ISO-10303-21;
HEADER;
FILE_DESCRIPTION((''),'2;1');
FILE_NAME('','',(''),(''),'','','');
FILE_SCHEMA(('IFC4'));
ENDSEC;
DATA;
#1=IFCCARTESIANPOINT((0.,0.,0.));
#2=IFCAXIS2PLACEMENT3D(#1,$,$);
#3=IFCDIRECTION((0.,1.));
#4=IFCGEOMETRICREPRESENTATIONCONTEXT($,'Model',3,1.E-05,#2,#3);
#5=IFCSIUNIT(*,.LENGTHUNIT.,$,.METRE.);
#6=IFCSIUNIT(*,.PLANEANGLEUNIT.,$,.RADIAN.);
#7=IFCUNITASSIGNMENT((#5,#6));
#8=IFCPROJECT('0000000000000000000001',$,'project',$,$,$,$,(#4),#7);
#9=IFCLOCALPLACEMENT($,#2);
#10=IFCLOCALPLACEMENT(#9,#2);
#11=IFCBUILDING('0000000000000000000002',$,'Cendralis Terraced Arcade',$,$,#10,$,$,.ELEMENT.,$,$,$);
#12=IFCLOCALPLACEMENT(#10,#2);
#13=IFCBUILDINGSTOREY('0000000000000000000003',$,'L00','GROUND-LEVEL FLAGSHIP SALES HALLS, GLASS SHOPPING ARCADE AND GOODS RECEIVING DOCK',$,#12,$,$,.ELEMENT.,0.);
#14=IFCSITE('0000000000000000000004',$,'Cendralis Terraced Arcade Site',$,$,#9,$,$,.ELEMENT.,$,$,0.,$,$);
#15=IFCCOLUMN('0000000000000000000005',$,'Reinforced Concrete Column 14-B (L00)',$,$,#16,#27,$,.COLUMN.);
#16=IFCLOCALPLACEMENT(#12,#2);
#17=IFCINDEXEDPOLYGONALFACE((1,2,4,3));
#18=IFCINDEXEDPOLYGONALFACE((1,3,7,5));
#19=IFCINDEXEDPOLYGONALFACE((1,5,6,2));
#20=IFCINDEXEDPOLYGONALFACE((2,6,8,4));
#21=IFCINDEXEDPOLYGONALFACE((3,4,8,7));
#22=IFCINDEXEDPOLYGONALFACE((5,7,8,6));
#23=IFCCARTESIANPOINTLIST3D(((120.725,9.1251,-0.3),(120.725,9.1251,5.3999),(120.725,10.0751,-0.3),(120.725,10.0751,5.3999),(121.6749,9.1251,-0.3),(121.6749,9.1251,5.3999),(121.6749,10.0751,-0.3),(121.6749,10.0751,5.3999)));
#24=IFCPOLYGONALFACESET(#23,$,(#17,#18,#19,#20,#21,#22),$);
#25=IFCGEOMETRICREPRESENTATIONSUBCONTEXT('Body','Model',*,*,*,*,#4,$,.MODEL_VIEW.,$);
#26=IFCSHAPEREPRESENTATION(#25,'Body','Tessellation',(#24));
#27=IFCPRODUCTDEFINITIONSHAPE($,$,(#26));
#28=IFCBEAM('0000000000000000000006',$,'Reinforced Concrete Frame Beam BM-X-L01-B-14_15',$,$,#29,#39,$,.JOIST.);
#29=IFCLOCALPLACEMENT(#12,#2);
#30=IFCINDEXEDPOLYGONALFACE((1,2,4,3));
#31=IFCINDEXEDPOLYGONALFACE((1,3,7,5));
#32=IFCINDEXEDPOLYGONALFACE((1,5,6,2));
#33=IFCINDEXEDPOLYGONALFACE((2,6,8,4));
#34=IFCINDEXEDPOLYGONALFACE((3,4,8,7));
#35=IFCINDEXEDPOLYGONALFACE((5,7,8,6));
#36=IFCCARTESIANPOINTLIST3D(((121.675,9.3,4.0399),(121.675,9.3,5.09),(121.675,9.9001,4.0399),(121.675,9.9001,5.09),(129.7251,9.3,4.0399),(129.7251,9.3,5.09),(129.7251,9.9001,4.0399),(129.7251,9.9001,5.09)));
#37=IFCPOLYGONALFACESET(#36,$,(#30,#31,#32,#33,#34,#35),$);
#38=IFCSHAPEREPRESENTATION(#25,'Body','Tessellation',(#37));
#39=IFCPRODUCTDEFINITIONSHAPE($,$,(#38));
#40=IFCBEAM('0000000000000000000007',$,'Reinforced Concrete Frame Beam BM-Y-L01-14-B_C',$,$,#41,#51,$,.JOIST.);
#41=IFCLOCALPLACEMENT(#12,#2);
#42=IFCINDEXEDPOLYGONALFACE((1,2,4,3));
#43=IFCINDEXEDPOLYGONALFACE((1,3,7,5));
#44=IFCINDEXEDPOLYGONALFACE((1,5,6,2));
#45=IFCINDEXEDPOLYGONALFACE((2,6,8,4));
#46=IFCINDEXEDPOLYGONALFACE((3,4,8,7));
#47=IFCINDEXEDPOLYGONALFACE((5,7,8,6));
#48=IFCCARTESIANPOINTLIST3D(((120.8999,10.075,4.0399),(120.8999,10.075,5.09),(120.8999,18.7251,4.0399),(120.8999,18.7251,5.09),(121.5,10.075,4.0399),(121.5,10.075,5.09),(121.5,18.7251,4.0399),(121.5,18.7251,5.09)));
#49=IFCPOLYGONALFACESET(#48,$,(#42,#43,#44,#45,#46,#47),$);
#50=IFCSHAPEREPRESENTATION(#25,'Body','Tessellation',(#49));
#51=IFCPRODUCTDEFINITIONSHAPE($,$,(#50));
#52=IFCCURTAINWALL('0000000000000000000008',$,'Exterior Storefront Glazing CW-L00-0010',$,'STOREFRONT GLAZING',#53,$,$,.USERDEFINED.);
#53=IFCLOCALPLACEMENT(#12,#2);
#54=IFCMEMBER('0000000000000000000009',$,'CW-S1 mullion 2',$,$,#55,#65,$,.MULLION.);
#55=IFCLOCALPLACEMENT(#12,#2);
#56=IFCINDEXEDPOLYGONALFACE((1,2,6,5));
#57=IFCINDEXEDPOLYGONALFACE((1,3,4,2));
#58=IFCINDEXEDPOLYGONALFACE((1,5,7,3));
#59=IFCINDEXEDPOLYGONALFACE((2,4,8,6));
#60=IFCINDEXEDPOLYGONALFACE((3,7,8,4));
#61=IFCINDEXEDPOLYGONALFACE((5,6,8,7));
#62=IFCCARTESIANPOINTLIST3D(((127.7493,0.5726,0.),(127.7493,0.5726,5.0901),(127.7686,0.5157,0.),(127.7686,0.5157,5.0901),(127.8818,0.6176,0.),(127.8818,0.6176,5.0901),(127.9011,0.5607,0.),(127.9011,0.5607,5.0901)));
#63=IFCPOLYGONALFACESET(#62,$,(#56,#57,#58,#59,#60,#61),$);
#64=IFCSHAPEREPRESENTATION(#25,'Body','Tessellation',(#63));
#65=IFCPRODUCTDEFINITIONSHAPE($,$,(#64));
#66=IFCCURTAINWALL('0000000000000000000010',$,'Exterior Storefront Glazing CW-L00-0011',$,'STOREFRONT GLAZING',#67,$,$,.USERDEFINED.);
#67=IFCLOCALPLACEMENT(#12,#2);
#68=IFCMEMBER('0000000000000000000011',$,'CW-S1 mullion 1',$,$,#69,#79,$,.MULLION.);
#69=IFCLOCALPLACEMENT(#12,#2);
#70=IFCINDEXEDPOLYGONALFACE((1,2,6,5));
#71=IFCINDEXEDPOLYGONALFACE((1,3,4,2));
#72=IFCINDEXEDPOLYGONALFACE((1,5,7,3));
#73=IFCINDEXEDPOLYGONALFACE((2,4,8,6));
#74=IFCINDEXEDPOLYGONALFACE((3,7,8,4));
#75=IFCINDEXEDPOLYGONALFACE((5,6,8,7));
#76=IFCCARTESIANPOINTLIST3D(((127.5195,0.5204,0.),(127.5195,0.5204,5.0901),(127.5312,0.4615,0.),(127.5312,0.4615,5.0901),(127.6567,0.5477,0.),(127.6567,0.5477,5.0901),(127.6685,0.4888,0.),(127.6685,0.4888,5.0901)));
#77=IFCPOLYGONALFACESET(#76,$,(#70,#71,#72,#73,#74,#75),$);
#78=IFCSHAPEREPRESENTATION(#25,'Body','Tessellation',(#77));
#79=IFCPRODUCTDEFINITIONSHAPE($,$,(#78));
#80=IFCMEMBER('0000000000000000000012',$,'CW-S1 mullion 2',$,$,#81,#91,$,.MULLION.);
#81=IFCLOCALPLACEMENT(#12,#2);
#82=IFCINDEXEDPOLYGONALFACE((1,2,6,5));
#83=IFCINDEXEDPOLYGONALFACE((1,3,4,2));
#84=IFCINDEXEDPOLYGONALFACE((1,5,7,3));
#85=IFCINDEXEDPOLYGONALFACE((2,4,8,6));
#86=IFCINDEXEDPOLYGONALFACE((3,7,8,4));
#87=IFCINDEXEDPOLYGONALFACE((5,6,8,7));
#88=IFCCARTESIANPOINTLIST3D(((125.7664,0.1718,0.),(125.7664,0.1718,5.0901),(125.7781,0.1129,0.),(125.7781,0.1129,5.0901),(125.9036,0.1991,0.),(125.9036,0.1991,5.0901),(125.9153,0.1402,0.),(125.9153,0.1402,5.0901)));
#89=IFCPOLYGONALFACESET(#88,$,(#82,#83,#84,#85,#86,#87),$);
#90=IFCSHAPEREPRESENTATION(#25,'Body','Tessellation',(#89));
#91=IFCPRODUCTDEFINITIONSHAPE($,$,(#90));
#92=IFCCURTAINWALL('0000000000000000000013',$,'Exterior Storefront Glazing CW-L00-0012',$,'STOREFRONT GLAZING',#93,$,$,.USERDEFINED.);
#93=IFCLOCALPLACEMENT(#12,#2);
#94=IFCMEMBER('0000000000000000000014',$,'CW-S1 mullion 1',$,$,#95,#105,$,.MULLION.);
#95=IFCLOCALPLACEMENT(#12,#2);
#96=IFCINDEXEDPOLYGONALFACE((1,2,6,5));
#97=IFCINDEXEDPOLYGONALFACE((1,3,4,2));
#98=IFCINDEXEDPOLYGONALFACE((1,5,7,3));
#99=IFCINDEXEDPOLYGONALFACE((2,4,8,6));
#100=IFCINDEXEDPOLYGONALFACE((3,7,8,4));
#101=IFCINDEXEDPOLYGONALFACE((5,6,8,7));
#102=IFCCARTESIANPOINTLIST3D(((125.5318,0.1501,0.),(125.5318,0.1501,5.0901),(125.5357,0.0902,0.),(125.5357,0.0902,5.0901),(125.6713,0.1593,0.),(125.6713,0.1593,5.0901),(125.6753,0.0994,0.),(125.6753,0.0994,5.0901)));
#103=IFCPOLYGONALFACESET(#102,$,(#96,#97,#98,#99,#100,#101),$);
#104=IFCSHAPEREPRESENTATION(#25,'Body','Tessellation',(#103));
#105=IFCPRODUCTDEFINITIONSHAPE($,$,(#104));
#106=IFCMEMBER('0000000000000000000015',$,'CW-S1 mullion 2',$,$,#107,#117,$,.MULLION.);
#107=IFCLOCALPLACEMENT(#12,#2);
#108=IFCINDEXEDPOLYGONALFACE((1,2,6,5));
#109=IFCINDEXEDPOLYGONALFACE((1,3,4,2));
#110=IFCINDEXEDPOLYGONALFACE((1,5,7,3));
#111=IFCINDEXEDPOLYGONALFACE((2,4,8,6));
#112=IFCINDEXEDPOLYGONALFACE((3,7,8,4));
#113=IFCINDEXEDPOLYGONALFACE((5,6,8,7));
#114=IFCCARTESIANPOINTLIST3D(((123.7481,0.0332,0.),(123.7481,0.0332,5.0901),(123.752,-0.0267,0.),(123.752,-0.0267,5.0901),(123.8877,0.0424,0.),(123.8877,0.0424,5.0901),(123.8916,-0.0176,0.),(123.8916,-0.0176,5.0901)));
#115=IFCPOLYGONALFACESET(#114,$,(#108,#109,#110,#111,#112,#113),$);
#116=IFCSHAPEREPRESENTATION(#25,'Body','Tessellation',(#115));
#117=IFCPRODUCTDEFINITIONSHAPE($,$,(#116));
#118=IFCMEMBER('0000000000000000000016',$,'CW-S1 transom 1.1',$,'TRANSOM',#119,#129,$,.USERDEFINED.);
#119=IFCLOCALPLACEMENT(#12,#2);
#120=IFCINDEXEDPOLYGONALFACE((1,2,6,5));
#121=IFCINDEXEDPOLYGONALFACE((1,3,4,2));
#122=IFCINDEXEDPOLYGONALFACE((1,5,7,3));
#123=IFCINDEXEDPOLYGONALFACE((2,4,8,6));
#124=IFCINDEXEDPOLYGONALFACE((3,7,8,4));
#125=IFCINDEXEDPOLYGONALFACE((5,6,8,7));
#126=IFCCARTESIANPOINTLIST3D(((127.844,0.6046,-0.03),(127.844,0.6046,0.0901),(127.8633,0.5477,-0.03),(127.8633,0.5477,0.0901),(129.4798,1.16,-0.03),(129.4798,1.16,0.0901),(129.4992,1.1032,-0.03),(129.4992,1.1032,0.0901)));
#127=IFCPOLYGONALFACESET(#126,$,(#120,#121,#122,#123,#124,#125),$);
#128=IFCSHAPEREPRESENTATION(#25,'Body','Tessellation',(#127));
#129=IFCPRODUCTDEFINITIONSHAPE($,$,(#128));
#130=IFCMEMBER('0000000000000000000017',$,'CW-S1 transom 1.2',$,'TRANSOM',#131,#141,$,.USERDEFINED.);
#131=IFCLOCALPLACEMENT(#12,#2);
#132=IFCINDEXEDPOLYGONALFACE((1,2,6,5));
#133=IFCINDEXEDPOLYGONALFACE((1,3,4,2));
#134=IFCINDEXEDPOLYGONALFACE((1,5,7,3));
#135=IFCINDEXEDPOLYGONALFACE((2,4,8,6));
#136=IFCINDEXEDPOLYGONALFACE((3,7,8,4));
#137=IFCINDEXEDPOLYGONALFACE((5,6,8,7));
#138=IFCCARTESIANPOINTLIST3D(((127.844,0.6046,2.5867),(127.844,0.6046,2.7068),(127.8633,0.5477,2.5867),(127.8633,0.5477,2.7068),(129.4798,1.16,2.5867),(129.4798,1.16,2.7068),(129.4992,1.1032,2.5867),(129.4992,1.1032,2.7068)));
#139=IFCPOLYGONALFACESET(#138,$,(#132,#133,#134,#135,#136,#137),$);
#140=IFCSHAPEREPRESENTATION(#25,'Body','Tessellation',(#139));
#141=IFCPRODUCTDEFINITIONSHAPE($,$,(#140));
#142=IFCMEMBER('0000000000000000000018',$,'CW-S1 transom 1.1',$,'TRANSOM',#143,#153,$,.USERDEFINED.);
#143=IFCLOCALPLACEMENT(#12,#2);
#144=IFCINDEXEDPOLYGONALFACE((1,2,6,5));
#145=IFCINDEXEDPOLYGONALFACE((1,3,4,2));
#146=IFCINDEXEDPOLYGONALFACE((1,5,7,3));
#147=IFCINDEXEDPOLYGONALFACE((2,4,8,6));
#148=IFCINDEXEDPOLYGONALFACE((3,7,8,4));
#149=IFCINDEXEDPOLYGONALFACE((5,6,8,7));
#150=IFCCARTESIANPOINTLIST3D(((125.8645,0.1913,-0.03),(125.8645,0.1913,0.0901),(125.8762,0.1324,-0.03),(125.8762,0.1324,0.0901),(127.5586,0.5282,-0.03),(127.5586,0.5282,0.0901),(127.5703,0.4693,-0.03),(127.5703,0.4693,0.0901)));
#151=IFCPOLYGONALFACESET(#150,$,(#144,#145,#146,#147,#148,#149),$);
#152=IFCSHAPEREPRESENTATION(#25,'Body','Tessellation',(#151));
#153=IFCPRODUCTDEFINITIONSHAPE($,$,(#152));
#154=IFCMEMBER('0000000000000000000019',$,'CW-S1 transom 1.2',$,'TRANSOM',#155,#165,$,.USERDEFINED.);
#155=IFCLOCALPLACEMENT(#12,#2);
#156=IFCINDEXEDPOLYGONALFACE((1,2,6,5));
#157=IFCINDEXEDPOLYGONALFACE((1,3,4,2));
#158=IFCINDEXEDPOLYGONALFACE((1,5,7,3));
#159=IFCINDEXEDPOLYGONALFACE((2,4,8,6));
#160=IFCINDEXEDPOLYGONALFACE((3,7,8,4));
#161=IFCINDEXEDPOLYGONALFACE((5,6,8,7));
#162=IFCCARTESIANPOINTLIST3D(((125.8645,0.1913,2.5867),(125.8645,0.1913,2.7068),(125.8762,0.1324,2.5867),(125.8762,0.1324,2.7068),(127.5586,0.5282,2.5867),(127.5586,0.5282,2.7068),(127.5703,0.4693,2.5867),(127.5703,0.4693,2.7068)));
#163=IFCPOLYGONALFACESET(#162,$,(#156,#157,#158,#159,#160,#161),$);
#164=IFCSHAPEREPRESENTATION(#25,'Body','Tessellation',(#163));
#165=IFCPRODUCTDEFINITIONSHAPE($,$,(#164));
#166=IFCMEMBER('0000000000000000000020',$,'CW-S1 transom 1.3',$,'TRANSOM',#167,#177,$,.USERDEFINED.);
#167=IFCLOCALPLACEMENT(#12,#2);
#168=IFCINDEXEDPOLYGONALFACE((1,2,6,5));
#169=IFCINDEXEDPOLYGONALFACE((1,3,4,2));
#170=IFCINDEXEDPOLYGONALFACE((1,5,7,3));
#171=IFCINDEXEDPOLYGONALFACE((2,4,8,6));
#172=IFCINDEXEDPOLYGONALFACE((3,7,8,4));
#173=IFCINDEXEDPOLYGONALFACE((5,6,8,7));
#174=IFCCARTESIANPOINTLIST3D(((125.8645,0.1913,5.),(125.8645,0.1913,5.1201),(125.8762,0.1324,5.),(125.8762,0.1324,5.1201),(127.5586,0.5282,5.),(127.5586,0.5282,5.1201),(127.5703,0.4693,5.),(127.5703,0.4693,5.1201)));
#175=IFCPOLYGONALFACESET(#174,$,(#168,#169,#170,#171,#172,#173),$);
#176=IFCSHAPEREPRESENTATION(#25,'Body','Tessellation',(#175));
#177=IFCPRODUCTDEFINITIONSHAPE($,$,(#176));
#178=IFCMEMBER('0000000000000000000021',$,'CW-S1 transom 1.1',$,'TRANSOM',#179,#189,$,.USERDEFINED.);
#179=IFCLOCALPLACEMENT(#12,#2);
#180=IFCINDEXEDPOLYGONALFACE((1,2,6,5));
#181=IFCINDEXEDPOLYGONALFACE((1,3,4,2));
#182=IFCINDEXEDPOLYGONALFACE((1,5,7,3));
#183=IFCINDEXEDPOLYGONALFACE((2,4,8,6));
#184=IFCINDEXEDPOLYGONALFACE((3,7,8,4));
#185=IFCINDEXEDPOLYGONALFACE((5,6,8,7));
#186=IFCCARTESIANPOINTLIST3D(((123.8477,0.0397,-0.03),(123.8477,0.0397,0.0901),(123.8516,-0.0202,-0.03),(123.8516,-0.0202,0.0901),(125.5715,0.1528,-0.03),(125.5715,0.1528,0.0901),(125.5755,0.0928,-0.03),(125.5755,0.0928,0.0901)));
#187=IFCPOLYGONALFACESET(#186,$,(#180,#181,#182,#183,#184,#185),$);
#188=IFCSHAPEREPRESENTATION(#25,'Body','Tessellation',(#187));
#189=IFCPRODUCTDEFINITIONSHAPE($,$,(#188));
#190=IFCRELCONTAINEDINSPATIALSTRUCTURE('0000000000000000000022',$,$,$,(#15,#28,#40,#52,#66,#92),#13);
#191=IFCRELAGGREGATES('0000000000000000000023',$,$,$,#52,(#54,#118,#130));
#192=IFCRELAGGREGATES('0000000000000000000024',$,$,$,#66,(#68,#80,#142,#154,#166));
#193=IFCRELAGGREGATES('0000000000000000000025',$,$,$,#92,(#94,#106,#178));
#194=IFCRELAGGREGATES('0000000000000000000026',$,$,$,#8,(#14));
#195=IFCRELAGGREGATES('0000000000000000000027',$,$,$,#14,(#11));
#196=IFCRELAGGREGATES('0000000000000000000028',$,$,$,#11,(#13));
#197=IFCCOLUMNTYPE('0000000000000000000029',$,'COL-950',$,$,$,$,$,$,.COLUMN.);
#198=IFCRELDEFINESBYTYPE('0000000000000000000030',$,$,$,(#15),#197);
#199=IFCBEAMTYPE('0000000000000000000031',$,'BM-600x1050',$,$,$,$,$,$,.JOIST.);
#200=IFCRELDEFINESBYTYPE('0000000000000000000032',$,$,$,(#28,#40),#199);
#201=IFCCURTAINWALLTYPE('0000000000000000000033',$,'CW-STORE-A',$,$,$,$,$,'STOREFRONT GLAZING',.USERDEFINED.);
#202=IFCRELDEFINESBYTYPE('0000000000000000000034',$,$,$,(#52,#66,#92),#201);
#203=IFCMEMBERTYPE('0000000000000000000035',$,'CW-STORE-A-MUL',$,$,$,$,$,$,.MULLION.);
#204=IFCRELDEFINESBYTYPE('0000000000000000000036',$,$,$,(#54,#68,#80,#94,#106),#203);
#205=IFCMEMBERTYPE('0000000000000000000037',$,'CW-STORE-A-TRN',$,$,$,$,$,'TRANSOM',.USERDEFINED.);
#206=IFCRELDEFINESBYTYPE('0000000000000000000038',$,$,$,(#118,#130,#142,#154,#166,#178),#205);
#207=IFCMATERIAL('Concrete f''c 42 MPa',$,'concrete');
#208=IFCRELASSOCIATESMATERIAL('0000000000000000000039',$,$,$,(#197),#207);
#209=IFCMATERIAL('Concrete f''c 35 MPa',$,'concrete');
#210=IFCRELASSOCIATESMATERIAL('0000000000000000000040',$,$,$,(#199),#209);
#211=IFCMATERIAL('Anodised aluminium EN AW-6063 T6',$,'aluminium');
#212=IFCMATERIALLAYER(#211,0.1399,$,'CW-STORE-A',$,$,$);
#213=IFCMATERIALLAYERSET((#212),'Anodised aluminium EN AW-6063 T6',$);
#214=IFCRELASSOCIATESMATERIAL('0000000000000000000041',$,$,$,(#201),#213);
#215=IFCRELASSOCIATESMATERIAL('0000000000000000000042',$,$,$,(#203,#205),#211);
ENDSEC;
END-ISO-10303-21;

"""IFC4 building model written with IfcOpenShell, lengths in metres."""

from ifc_helpers import new_model, si_unit, direction, frame, origin, origin_2d, place, context, subcontext, project, spatial, rectangle, extrude, material, layer, layer_set, material_profile, profile_set, type_object, element, aggregate, save


model = new_model("IFC4")

# Units and contexts
model_context = context("Model", 3, precision=1e-05, world=origin(), true_north=direction((0.0, 1.0)))
body_context = subcontext(model_context, "Body", "Model", "MODEL_VIEW")
ifc_project = project(units=[si_unit("LENGTHUNIT", "METRE"), si_unit("PLANEANGLEUNIT", "RADIAN")], contexts=[model_context])

# Site, building, storey
site_placement = place(None, origin())
site = spatial("IfcSite", under=ifc_project, at=site_placement, Name="Cendralis Terraced Arcade Site", CompositionType="ELEMENT", RefElevation=0.0)
building_placement = place(site_placement, origin())
building = spatial("IfcBuilding", under=site, at=building_placement, Name="Cendralis Terraced Arcade", CompositionType="ELEMENT")
storey_placement = place(building_placement, origin())
storey = spatial("IfcBuildingStorey", under=building, at=storey_placement, Name="L00", Description="GROUND-LEVEL FLAGSHIP SALES HALLS, GLASS SHOPPING ARCADE AND GOODS RECEIVING DOCK", CompositionType="ELEMENT", Elevation=0.0)

# Shared definitions
ifc_material_1 = material(Name="Concrete f'c 35 MPa", Category="concrete")

# Column
ifc_material_2 = material(Name="Concrete f'c 42 MPa", Category="concrete")
ifc_material_profile_1 = material_profile(ifc_material_2, rectangle(XDim=0.95, YDim=0.95, at=origin_2d()), Name="RC-COL-950x950", Category="LoadBearing")
ifc_profile_set_1 = profile_set([ifc_material_profile_1], Name="Concrete f'c 42 MPa")
column_type = type_object("IfcColumnType", Name="COL-950", PredefinedType="COLUMN", material=ifc_profile_set_1)
column_placement = place(storey_placement, frame((121.2, 9.6001, -0.3), z_axis=(0.0, 0.0, 1.0), x_axis=(1.0, 0.0, 0.0)))
element("IfcColumn", 1, at=column_placement, inside=storey, type_object=column_type, Name="Reinforced Concrete Column 14-B (L00)", PredefinedType="COLUMN", context=body_context, shape_type="SweptSolid", body=[
    extrude(rectangle(XDim=0.95, YDim=0.95, at=origin_2d()), origin(), (0.0, 0.0, 1.0), 5.7),
])

# Beams
ifc_material_profile_2 = material_profile(ifc_material_1, rectangle(XDim=0.6001, YDim=1.05, at=origin_2d()), Name="RC-BM-600x1050", Category="LoadBearing")
ifc_profile_set_2 = profile_set([ifc_material_profile_2], Name="Concrete f'c 35 MPa")
beam_type = type_object("IfcBeamType", Name="BM-600x1050", PredefinedType="JOIST", material=ifc_profile_set_2)
beam_1_placement = place(storey_placement, frame((121.675, 9.6001, 4.5649), z_axis=(1.0, 0.0, 0.0), x_axis=(0.0, 1.0, 0.0)))
element("IfcBeam", 2, at=beam_1_placement, inside=storey, type_object=beam_type, Name="Reinforced Concrete Frame Beam BM-X-L01-B-14_15", PredefinedType="JOIST", context=body_context, shape_type="SweptSolid", body=[
    extrude(rectangle(XDim=0.6001, YDim=1.05, at=origin_2d()), origin(), (0.0, 0.0, 1.0), 8.05),
])
beam_2_placement = place(storey_placement, frame((121.2, 10.075, 4.5649), z_axis=(0.0, 1.0, 0.0), x_axis=(-1.0, 0.0, 0.0)))
element("IfcBeam", 3, at=beam_2_placement, inside=storey, type_object=beam_type, Name="Reinforced Concrete Frame Beam BM-Y-L01-14-B_C", PredefinedType="JOIST", context=body_context, shape_type="SweptSolid", body=[
    extrude(rectangle(XDim=0.6001, YDim=1.05, at=origin_2d()), origin(), (0.0, 0.0, 1.0), 8.6501),
])

# Curtain wall, member
ifc_material_3 = material(Name="Anodised aluminium EN AW-6063 T6", Category="aluminium")
ifc_layer_1 = layer(ifc_material_3, 0.1399, Name="CW-STORE-A")
ifc_layer_set_1 = layer_set([ifc_layer_1], Name="Anodised aluminium EN AW-6063 T6")
curtain_wall_type = type_object("IfcCurtainWallType", Name="CW-STORE-A", ElementType="STOREFRONT GLAZING", PredefinedType="USERDEFINED", material=ifc_layer_set_1)
curtain_wall_1_placement = place(storey_placement, origin())
curtain_wall_1 = element("IfcCurtainWall", 4, at=curtain_wall_1_placement, inside=storey, type_object=curtain_wall_type, Name="Exterior Storefront Glazing CW-L00-0010", ObjectType="STOREFRONT GLAZING", PredefinedType="USERDEFINED")
ifc_material_profile_3 = material_profile(ifc_material_3, rectangle(XDim=0.0601, YDim=0.1399, at=origin_2d()), Name="ALU-MUL-60x140")
ifc_profile_set_3 = profile_set([ifc_material_profile_3], Name="Anodised aluminium EN AW-6063 T6")
member_type_1 = type_object("IfcMemberType", Name="CW-STORE-A-MUL", PredefinedType="MULLION", material=ifc_profile_set_3)
member_1_placement = place(storey_placement, frame((127.8252, 0.5667, 0.0), z_axis=(0.0, 0.0, 1.0), x_axis=(0.3215, -0.94691, 0.0)))
member_1 = element("IfcMember", 5, at=member_1_placement, type_object=member_type_1, Name="CW-S1 mullion 2", PredefinedType="MULLION", context=body_context, shape_type="SweptSolid", body=[
    extrude(rectangle(XDim=0.0601, YDim=0.1399, at=origin_2d()), origin(), (0.0, 0.0, 1.0), 5.0901),
])

# Curtain walls, members
curtain_wall_2_placement = place(storey_placement, origin())
curtain_wall_2 = element("IfcCurtainWall", 6, at=curtain_wall_2_placement, inside=storey, type_object=curtain_wall_type, Name="Exterior Storefront Glazing CW-L00-0011", ObjectType="STOREFRONT GLAZING", PredefinedType="USERDEFINED")
member_2_placement = place(storey_placement, frame((127.594, 0.5046, 0.0), z_axis=(0.0, 0.0, 1.0), x_axis=(0.195033, -0.980797, 0.0)))
member_2 = element("IfcMember", 7, at=member_2_placement, type_object=member_type_1, Name="CW-S1 mullion 1", PredefinedType="MULLION", context=body_context, shape_type="SweptSolid", body=[
    extrude(rectangle(XDim=0.0601, YDim=0.1399, at=origin_2d()), origin(), (0.0, 0.0, 1.0), 5.0901),
])
member_3_placement = place(storey_placement, frame((125.8408, 0.156, 0.0), z_axis=(0.0, 0.0, 1.0), x_axis=(0.195033, -0.980797, 0.0)))
member_3 = element("IfcMember", 8, at=member_3_placement, type_object=member_type_1, Name="CW-S1 mullion 2", PredefinedType="MULLION", context=body_context, shape_type="SweptSolid", body=[
    extrude(rectangle(XDim=0.0601, YDim=0.1399, at=origin_2d()), origin(), (0.0, 0.0, 1.0), 5.0901),
])
curtain_wall_3_placement = place(storey_placement, origin())
curtain_wall_3 = element("IfcCurtainWall", 9, at=curtain_wall_3_placement, inside=storey, type_object=curtain_wall_type, Name="Exterior Storefront Glazing CW-L00-0012", ObjectType="STOREFRONT GLAZING", PredefinedType="USERDEFINED")
member_4_placement = place(storey_placement, frame((125.6035, 0.1248, 0.0), z_axis=(0.0, 0.0, 1.0), x_axis=(0.065384, -0.99786, 0.0)))
member_4 = element("IfcMember", 10, at=member_4_placement, type_object=member_type_1, Name="CW-S1 mullion 1", PredefinedType="MULLION", context=body_context, shape_type="SweptSolid", body=[
    extrude(rectangle(XDim=0.0601, YDim=0.1399, at=origin_2d()), origin(), (0.0, 0.0, 1.0), 5.0901),
])
member_5_placement = place(storey_placement, frame((123.8198, 0.0078, 0.0), z_axis=(0.0, 0.0, 1.0), x_axis=(0.065384, -0.99786, 0.0)))
member_5 = element("IfcMember", 11, at=member_5_placement, type_object=member_type_1, Name="CW-S1 mullion 2", PredefinedType="MULLION", context=body_context, shape_type="SweptSolid", body=[
    extrude(rectangle(XDim=0.0601, YDim=0.1399, at=origin_2d()), origin(), (0.0, 0.0, 1.0), 5.0901),
])

# Members
ifc_material_profile_4 = material_profile(ifc_material_3, rectangle(XDim=0.0601, YDim=0.1201, at=origin_2d()), Name="ALU-TRN-60x120")
ifc_profile_set_4 = profile_set([ifc_material_profile_4], Name="Anodised aluminium EN AW-6063 T6")
member_type_2 = type_object("IfcMemberType", Name="CW-STORE-A-TRN", ElementType="TRANSOM", PredefinedType="USERDEFINED", material=ifc_profile_set_4)
member_6_placement = place(storey_placement, frame((129.4895, 1.1316, 0.03), z_axis=(-0.946902, -0.321523, 0.0), x_axis=(0.321523, -0.946902, 0.0)))
member_6 = element("IfcMember", 12, at=member_6_placement, type_object=member_type_2, Name="CW-S1 transom 1.1", ObjectType="TRANSOM", PredefinedType="USERDEFINED", context=body_context, shape_type="SweptSolid", body=[
    extrude(rectangle(XDim=0.0601, YDim=0.1201, at=origin_2d()), origin(), (0.0, 0.0, 1.0), 1.7275),
])
member_7_placement = place(storey_placement, frame((129.4895, 1.1316, 2.6467), z_axis=(-0.946902, -0.321523, 0.0), x_axis=(0.321523, -0.946902, 0.0)))
member_7 = element("IfcMember", 13, at=member_7_placement, type_object=member_type_2, Name="CW-S1 transom 1.2", ObjectType="TRANSOM", PredefinedType="USERDEFINED", context=body_context, shape_type="SweptSolid", body=[
    extrude(rectangle(XDim=0.0601, YDim=0.1201, at=origin_2d()), origin(), (0.0, 0.0, 1.0), 1.7275),
])
member_8_placement = place(storey_placement, frame((127.5645, 0.4988, 0.03), z_axis=(-0.980792, -0.195056, 0.0), x_axis=(0.195056, -0.980792, 0.0)))
member_8 = element("IfcMember", 14, at=member_8_placement, type_object=member_type_2, Name="CW-S1 transom 1.1", ObjectType="TRANSOM", PredefinedType="USERDEFINED", context=body_context, shape_type="SweptSolid", body=[
    extrude(rectangle(XDim=0.0601, YDim=0.1201, at=origin_2d()), origin(), (0.0, 0.0, 1.0), 1.7273),
])
member_9_placement = place(storey_placement, frame((127.5645, 0.4988, 2.6467), z_axis=(-0.980792, -0.195056, 0.0), x_axis=(0.195056, -0.980792, 0.0)))
member_9 = element("IfcMember", 15, at=member_9_placement, type_object=member_type_2, Name="CW-S1 transom 1.2", ObjectType="TRANSOM", PredefinedType="USERDEFINED", context=body_context, shape_type="SweptSolid", body=[
    extrude(rectangle(XDim=0.0601, YDim=0.1201, at=origin_2d()), origin(), (0.0, 0.0, 1.0), 1.7273),
])
member_10_placement = place(storey_placement, frame((127.5645, 0.4988, 5.0601), z_axis=(-0.980792, -0.195056, 0.0), x_axis=(0.195056, -0.980792, 0.0)))
member_10 = element("IfcMember", 16, at=member_10_placement, type_object=member_type_2, Name="CW-S1 transom 1.3", ObjectType="TRANSOM", PredefinedType="USERDEFINED", context=body_context, shape_type="SweptSolid", body=[
    extrude(rectangle(XDim=0.0601, YDim=0.1201, at=origin_2d()), origin(), (0.0, 0.0, 1.0), 1.7273),
])
member_11_placement = place(storey_placement, frame((125.5735, 0.1228, 0.03), z_axis=(-0.997857, -0.065431, 0.0), x_axis=(0.065431, -0.997857, 0.0)))
member_11 = element("IfcMember", 17, at=member_11_placement, type_object=member_type_2, Name="CW-S1 transom 1.1", ObjectType="TRANSOM", PredefinedType="USERDEFINED", context=body_context, shape_type="SweptSolid", body=[
    extrude(rectangle(XDim=0.0601, YDim=0.1201, at=origin_2d()), origin(), (0.0, 0.0, 1.0), 1.7275),
])

aggregate(curtain_wall_1, [member_1, member_6, member_7])
aggregate(curtain_wall_2, [member_2, member_3, member_8, member_9, member_10])
aggregate(curtain_wall_3, [member_4, member_5, member_11])

save(model, "model.ifc")
